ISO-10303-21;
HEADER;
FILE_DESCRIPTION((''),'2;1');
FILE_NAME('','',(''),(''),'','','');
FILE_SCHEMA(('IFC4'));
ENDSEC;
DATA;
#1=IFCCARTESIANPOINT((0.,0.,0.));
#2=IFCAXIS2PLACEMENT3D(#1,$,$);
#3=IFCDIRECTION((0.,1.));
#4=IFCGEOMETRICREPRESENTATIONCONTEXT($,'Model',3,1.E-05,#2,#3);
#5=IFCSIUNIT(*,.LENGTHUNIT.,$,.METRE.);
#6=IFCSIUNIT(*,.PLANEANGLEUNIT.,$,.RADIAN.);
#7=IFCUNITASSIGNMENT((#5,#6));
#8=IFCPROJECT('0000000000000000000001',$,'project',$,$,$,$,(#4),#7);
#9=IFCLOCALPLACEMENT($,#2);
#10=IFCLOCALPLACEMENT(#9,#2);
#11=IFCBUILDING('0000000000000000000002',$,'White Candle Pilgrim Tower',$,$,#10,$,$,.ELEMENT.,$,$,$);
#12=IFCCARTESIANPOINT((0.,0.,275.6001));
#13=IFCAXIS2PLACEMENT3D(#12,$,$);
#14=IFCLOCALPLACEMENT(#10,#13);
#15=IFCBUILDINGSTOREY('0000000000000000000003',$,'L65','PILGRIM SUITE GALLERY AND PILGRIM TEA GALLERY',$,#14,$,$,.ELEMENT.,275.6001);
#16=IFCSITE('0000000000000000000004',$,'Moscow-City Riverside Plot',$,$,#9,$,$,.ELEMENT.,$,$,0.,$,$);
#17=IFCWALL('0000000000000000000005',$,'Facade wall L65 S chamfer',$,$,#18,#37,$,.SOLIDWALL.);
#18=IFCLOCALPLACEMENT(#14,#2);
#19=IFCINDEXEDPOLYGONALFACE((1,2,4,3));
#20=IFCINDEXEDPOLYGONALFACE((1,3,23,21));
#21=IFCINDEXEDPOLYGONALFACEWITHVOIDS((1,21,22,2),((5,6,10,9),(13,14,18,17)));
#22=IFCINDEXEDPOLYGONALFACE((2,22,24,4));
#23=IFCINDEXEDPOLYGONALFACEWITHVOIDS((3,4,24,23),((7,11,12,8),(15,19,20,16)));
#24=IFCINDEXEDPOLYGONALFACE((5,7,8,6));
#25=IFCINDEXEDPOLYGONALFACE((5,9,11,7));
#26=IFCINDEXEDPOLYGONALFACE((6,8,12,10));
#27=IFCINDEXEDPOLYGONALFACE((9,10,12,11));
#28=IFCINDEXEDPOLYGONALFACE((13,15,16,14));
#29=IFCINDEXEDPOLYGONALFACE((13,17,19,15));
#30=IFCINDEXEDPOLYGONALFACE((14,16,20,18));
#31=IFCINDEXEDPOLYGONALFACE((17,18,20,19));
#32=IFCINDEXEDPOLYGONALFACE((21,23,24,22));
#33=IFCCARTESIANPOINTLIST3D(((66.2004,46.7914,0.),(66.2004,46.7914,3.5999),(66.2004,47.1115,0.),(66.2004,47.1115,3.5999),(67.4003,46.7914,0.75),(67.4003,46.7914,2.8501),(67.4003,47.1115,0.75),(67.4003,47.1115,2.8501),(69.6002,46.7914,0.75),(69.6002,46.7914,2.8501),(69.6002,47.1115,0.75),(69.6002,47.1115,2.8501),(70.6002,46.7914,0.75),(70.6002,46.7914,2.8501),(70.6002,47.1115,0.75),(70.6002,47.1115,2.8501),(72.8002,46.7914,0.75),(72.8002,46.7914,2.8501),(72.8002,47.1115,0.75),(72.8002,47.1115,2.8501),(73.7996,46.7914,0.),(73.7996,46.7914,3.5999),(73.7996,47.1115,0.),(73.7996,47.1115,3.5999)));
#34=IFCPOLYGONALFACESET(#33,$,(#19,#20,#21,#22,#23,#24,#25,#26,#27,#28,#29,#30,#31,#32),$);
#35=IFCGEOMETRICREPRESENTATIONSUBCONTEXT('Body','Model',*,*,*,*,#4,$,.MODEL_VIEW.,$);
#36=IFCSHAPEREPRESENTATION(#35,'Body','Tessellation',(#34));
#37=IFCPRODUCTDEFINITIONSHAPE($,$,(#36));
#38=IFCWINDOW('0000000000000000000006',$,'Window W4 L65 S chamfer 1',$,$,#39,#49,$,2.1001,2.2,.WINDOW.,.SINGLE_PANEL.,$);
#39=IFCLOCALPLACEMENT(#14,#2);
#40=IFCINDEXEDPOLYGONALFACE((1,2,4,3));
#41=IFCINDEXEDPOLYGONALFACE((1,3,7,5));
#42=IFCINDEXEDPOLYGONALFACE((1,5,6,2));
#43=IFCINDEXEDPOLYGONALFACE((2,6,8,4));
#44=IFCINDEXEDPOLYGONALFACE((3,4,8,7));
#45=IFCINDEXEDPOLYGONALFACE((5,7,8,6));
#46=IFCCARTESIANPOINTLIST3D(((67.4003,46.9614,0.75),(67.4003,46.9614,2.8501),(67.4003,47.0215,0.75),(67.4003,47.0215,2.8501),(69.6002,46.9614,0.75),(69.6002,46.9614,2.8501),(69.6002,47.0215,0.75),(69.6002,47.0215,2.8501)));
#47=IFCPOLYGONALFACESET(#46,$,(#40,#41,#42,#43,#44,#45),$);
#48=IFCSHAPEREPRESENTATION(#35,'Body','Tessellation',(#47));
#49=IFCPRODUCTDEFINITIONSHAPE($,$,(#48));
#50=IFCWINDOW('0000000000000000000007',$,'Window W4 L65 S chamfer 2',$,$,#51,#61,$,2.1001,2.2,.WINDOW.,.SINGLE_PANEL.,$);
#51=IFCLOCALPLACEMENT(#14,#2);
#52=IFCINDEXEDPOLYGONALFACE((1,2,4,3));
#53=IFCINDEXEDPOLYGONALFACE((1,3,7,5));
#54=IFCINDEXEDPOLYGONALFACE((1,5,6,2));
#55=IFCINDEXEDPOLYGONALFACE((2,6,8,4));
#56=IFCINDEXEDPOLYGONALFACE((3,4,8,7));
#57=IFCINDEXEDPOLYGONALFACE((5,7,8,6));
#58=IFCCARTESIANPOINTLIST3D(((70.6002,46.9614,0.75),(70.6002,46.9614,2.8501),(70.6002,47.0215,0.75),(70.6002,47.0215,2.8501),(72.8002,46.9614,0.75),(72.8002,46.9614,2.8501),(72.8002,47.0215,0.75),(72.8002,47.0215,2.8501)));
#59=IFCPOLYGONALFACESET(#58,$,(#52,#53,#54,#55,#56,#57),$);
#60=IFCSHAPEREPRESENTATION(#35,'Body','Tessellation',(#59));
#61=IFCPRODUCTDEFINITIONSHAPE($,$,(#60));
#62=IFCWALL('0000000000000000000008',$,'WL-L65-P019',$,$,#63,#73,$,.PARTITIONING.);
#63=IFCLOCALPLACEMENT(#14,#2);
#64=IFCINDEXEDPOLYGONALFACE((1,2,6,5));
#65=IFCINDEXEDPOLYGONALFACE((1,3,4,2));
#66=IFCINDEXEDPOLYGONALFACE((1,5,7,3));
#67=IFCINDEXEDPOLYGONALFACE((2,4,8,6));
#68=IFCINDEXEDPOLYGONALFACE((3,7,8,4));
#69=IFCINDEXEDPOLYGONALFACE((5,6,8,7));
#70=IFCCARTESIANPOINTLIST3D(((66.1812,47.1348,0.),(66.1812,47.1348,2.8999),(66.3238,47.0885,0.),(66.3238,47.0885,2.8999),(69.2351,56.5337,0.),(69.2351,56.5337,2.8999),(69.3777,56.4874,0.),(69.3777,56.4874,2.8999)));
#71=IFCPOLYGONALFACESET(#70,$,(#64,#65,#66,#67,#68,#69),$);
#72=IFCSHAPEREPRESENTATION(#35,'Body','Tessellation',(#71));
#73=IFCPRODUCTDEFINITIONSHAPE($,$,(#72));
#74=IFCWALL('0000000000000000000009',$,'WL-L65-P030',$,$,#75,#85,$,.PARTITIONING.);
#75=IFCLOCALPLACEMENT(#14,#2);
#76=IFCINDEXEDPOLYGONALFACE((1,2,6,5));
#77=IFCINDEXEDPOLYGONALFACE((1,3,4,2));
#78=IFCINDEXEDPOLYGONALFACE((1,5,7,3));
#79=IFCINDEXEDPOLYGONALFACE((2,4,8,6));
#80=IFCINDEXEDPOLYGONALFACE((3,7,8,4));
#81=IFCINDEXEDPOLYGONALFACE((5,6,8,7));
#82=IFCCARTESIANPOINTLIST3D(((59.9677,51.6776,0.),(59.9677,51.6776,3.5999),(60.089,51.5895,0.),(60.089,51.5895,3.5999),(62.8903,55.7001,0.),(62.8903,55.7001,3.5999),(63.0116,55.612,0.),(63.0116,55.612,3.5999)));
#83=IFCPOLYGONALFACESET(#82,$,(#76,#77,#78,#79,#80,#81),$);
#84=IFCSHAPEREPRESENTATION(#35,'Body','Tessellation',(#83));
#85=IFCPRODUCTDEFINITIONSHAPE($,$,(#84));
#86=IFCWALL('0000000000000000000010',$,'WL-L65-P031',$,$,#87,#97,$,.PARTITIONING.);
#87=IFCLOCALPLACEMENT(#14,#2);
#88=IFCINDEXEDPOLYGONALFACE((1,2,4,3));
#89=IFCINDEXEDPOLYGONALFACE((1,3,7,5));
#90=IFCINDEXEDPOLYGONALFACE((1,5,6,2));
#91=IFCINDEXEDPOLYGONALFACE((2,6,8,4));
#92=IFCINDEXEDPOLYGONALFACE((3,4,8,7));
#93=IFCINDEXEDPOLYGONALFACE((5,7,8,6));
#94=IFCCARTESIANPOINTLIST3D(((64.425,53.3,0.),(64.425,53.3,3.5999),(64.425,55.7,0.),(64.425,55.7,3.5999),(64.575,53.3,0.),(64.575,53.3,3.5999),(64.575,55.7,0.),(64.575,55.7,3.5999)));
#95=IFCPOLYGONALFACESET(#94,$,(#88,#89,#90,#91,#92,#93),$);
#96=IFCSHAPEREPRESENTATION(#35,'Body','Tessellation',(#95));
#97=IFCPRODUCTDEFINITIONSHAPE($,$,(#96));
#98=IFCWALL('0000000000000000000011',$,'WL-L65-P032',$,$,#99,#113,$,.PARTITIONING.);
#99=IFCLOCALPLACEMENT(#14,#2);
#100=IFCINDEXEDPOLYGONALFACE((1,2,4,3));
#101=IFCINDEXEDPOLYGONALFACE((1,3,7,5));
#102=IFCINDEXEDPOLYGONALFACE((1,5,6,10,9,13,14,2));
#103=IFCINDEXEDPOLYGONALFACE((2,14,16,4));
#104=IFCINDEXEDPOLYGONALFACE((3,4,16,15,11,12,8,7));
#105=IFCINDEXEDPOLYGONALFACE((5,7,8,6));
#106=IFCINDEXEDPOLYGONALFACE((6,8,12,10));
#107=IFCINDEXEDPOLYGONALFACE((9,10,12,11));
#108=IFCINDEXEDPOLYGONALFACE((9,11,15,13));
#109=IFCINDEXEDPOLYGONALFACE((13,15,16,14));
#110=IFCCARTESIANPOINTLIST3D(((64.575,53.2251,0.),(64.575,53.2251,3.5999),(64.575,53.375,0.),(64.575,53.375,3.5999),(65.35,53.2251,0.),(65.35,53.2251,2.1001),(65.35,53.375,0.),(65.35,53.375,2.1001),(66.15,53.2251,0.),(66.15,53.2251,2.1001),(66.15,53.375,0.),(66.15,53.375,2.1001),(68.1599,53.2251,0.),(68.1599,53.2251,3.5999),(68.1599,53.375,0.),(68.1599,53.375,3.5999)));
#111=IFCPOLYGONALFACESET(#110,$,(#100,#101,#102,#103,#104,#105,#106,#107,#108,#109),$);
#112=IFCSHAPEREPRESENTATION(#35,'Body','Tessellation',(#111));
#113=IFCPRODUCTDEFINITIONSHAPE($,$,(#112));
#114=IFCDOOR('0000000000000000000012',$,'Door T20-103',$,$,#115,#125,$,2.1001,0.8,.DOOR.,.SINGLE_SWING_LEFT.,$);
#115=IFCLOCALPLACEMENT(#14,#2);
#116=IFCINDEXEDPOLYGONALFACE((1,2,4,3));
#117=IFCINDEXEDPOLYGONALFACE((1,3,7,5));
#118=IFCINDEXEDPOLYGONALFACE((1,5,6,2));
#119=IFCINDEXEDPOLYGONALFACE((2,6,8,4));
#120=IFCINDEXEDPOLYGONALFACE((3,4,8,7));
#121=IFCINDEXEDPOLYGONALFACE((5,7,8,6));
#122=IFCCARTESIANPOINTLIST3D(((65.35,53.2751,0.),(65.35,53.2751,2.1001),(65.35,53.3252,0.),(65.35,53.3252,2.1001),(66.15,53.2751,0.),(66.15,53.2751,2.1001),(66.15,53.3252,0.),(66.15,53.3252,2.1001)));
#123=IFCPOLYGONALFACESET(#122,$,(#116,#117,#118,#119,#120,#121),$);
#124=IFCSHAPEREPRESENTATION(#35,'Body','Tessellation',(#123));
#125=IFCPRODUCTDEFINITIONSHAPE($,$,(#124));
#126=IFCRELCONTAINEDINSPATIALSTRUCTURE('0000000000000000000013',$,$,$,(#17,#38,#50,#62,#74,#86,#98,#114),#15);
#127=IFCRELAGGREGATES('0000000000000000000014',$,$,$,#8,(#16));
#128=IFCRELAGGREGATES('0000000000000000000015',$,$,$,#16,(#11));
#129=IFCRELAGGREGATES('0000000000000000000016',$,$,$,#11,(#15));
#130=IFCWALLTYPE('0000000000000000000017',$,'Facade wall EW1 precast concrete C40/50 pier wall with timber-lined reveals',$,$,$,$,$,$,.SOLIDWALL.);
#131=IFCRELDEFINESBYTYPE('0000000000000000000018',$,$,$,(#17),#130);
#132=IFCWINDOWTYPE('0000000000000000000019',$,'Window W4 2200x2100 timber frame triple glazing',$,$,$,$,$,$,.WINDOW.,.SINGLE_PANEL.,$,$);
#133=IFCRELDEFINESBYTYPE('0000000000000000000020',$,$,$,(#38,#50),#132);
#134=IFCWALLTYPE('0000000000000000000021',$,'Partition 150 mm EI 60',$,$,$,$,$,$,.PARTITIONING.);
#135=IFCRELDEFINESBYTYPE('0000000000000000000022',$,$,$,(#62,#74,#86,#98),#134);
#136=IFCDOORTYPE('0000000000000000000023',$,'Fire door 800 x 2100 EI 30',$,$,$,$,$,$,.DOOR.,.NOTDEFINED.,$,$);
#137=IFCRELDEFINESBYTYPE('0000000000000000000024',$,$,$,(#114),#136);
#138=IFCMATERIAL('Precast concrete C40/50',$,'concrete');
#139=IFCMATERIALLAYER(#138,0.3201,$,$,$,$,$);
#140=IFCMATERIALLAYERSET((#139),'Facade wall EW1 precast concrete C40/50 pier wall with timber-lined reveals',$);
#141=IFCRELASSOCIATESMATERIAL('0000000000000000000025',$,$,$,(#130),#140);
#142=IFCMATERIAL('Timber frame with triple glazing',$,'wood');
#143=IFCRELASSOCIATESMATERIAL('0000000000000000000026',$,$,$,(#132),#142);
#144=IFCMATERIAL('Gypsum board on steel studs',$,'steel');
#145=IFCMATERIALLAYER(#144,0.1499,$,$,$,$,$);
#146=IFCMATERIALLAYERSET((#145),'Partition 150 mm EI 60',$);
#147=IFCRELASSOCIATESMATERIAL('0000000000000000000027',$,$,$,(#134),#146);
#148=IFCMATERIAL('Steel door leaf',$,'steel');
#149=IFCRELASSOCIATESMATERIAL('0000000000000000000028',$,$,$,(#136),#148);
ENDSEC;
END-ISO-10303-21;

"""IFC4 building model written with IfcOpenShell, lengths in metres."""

from ifc_helpers import new_model, si_unit, direction, frame, frame_2d, origin, place, context, subcontext, project, spatial, rectangle, extrude, material, layer, layer_set, type_object, element, fill, save


model = new_model("IFC4")

# Units and contexts
model_context = context("Model", 3, precision=1e-05, world=origin(), true_north=direction((0.0, 1.0)))
body_context = subcontext(model_context, "Body", "Model", "MODEL_VIEW")
ifc_project = project(units=[si_unit("LENGTHUNIT", "METRE"), si_unit("PLANEANGLEUNIT", "RADIAN")], contexts=[model_context])

# Site, building, storey
site_placement = place(None, origin())
site = spatial("IfcSite", under=ifc_project, at=site_placement, Name="Moscow-City Riverside Plot", CompositionType="ELEMENT", RefElevation=0.0)
building_placement = place(site_placement, origin())
building = spatial("IfcBuilding", under=site, at=building_placement, Name="White Candle Pilgrim Tower", CompositionType="ELEMENT")
storey_placement = place(building_placement, frame((0.0, 0.0, 275.6001)))
storey = spatial("IfcBuildingStorey", under=building, at=storey_placement, Name="L65", Description="PILGRIM SUITE GALLERY AND PILGRIM TEA GALLERY", CompositionType="ELEMENT", Elevation=275.6001)

# Shared definitions
ifc_material_1 = material(Name="Gypsum board on steel studs", Category="steel")
ifc_material_2 = material(Name="Steel door leaf", Category="steel")

# Wall, openings, windows
ifc_material_3 = material(Name="Precast concrete C40/50", Category="concrete")
ifc_layer_1 = layer(ifc_material_3, 0.3201)
ifc_layer_set_1 = layer_set([ifc_layer_1], Name="Facade wall EW1 precast concrete C40/50 pier wall with timber-lined reveals")
wall_type_1 = type_object("IfcWallType", Name="Facade wall EW1 precast concrete C40/50 pier wall with timber-lined reveals", PredefinedType="SOLIDWALL", material=ifc_layer_set_1)
wall_1_placement = place(storey_placement, frame((66.2004, 46.9514, 0.0), z_axis=(0.0, 0.0, 1.0), x_axis=(1.0, 0.0, 0.0)))
wall_1 = element("IfcWall", 1, at=wall_1_placement, inside=storey, type_object=wall_type_1, Name="Facade wall L65 S chamfer", PredefinedType="SOLIDWALL", context=body_context, shape_type="SweptSolid", body=[
    extrude(rectangle(XDim=7.5991, YDim=0.3201, at=frame_2d((3.7996, 0.0))), origin(), (0.0, 0.0, 1.0), 3.5999),
])
opening_1_placement = place(wall_1_placement, frame((1.1997, 0.0, 0.75)))
opening_1 = element("IfcOpeningElement", 2, at=opening_1_placement, cuts=wall_1, PredefinedType="OPENING", context=body_context, shape_type="SweptSolid", body=[
    extrude(rectangle(XDim=2.2, YDim=2.1001, at=frame_2d((1.1001, 1.05))), frame((0.0, 0.1699, 0.0), z_axis=(0.0, -1.0, 0.0), x_axis=(1.0, 0.0, 0.0)), (0.0, 0.0, 1.0), 0.3401),
])
opening_2_placement = place(wall_1_placement, frame((4.3997, 0.0, 0.75)))
opening_2 = element("IfcOpeningElement", 3, at=opening_2_placement, cuts=wall_1, PredefinedType="OPENING", context=body_context, shape_type="SweptSolid", body=[
    extrude(rectangle(XDim=2.2, YDim=2.1001, at=frame_2d((1.1001, 1.05))), frame((0.0, 0.1699, 0.0), z_axis=(0.0, -1.0, 0.0), x_axis=(1.0, 0.0, 0.0)), (0.0, 0.0, 1.0), 0.3401),
])
ifc_material_4 = material(Name="Timber frame with triple glazing", Category="wood")
window_type = type_object("IfcWindowType", Name="Window W4 2200x2100 timber frame triple glazing", PartitioningType="SINGLE_PANEL", PredefinedType="WINDOW", material=ifc_material_4)
window_1_placement = place(opening_1_placement, origin())
window_1 = element("IfcWindow", 4, at=window_1_placement, inside=storey, type_object=window_type, Name="Window W4 L65 S chamfer 1", OverallHeight=2.1001, OverallWidth=2.2, PartitioningType="SINGLE_PANEL", PredefinedType="WINDOW", context=body_context, shape_type="SweptSolid", body=[
    extrude(rectangle(XDim=2.2, YDim=2.1001, at=frame_2d((1.1001, 1.05))), frame((0.0, 0.0701, 0.0), z_axis=(0.0, -1.0, 0.0), x_axis=(1.0, 0.0, 0.0)), (0.0, 0.0, 1.0), 0.0601),
])
fill(opening_1, window_1)
window_2_placement = place(opening_2_placement, origin())
window_2 = element("IfcWindow", 5, at=window_2_placement, inside=storey, type_object=window_type, Name="Window W4 L65 S chamfer 2", OverallHeight=2.1001, OverallWidth=2.2, PartitioningType="SINGLE_PANEL", PredefinedType="WINDOW", context=body_context, shape_type="SweptSolid", body=[
    extrude(rectangle(XDim=2.2, YDim=2.1001, at=frame_2d((1.1001, 1.05))), frame((0.0, 0.0701, 0.0), z_axis=(0.0, -1.0, 0.0), x_axis=(1.0, 0.0, 0.0)), (0.0, 0.0, 1.0), 0.0601),
])
fill(opening_2, window_2)

# Walls
ifc_layer_2 = layer(ifc_material_1, 0.1499)
ifc_layer_set_2 = layer_set([ifc_layer_2], Name="Partition 150 mm EI 60")
wall_type_2 = type_object("IfcWallType", Name="Partition 150 mm EI 60", PredefinedType="PARTITIONING", material=ifc_layer_set_2)
wall_2_placement = place(storey_placement, frame((66.2524, 47.1116, 0.0), z_axis=(0.0, 0.0, 1.0), x_axis=(0.309022, 0.951055, 0.0)))
element("IfcWall", 6, at=wall_2_placement, inside=storey, type_object=wall_type_2, Name="WL-L65-P019", PredefinedType="PARTITIONING", context=body_context, shape_type="SweptSolid", body=[
    extrude(rectangle(XDim=9.8826, YDim=0.1499, at=frame_2d((4.9414, 0.0))), origin(), (0.0, 0.0, 1.0), 2.8999),
])
wall_3_placement = place(storey_placement, frame((60.0283, 51.6335, 0.0), z_axis=(0.0, 0.0, 1.0), x_axis=(0.587801, 0.809006, 0.0)))
element("IfcWall", 7, at=wall_3_placement, inside=storey, type_object=wall_type_2, Name="WL-L65-P030", PredefinedType="PARTITIONING", context=body_context, shape_type="SweptSolid", body=[
    extrude(rectangle(XDim=4.9722, YDim=0.1499, at=frame_2d((2.4861, 0.0))), origin(), (0.0, 0.0, 1.0), 3.5999),
])
wall_4_placement = place(storey_placement, frame((64.5, 55.7, 0.0), z_axis=(0.0, 0.0, 1.0), x_axis=(0.0, -1.0, 0.0)))
element("IfcWall", 8, at=wall_4_placement, inside=storey, type_object=wall_type_2, Name="WL-L65-P031", PredefinedType="PARTITIONING", context=body_context, shape_type="SweptSolid", body=[
    extrude(rectangle(XDim=2.3999, YDim=0.1499, at=frame_2d((1.2, 0.0))), origin(), (0.0, 0.0, 1.0), 3.5999),
])

# Wall, opening, door
wall_5_placement = place(storey_placement, frame((68.1599, 53.3, 0.0), z_axis=(0.0, 0.0, 1.0), x_axis=(-1.0, 0.0, 0.0)))
wall_5 = element("IfcWall", 9, at=wall_5_placement, inside=storey, type_object=wall_type_2, Name="WL-L65-P032", PredefinedType="PARTITIONING", context=body_context, shape_type="SweptSolid", body=[
    extrude(rectangle(XDim=3.585, YDim=0.1499, at=frame_2d((1.7925, 0.0))), origin(), (0.0, 0.0, 1.0), 3.5999),
])
opening_3_placement = place(wall_5_placement, frame((2.01, 0.0, 0.0)))
opening_3 = element("IfcOpeningElement", 10, at=opening_3_placement, cuts=wall_5, PredefinedType="OPENING", context=body_context, shape_type="SweptSolid", body=[
    extrude(rectangle(XDim=0.8, YDim=2.1001, at=frame_2d((0.3999, 1.05))), frame((0.0, 0.085, 0.0), z_axis=(0.0, -1.0, 0.0), x_axis=(1.0, 0.0, 0.0)), (0.0, 0.0, 1.0), 0.1699),
])
door_type_1 = type_object("IfcDoorType", Name="Fire door 800 x 2100 EI 30", OperationType="NOTDEFINED", PredefinedType="DOOR", material=ifc_material_2)
door_1_placement = place(opening_3_placement, origin())
door_1 = element("IfcDoor", 11, at=door_1_placement, inside=storey, type_object=door_type_1, Name="Door T20-103", OperationType="SINGLE_SWING_LEFT", OverallHeight=2.1001, OverallWidth=0.8, PredefinedType="DOOR", context=body_context, shape_type="SweptSolid", body=[
    extrude(rectangle(XDim=0.8, YDim=2.1001, at=frame_2d((0.3999, 1.05))), frame((0.0, 0.0249, 0.0), z_axis=(0.0, -1.0, 0.0), x_axis=(1.0, 0.0, 0.0)), (0.0, 0.0, 1.0), 0.05),
])
fill(opening_3, door_1)

save(model, "model.ifc")
